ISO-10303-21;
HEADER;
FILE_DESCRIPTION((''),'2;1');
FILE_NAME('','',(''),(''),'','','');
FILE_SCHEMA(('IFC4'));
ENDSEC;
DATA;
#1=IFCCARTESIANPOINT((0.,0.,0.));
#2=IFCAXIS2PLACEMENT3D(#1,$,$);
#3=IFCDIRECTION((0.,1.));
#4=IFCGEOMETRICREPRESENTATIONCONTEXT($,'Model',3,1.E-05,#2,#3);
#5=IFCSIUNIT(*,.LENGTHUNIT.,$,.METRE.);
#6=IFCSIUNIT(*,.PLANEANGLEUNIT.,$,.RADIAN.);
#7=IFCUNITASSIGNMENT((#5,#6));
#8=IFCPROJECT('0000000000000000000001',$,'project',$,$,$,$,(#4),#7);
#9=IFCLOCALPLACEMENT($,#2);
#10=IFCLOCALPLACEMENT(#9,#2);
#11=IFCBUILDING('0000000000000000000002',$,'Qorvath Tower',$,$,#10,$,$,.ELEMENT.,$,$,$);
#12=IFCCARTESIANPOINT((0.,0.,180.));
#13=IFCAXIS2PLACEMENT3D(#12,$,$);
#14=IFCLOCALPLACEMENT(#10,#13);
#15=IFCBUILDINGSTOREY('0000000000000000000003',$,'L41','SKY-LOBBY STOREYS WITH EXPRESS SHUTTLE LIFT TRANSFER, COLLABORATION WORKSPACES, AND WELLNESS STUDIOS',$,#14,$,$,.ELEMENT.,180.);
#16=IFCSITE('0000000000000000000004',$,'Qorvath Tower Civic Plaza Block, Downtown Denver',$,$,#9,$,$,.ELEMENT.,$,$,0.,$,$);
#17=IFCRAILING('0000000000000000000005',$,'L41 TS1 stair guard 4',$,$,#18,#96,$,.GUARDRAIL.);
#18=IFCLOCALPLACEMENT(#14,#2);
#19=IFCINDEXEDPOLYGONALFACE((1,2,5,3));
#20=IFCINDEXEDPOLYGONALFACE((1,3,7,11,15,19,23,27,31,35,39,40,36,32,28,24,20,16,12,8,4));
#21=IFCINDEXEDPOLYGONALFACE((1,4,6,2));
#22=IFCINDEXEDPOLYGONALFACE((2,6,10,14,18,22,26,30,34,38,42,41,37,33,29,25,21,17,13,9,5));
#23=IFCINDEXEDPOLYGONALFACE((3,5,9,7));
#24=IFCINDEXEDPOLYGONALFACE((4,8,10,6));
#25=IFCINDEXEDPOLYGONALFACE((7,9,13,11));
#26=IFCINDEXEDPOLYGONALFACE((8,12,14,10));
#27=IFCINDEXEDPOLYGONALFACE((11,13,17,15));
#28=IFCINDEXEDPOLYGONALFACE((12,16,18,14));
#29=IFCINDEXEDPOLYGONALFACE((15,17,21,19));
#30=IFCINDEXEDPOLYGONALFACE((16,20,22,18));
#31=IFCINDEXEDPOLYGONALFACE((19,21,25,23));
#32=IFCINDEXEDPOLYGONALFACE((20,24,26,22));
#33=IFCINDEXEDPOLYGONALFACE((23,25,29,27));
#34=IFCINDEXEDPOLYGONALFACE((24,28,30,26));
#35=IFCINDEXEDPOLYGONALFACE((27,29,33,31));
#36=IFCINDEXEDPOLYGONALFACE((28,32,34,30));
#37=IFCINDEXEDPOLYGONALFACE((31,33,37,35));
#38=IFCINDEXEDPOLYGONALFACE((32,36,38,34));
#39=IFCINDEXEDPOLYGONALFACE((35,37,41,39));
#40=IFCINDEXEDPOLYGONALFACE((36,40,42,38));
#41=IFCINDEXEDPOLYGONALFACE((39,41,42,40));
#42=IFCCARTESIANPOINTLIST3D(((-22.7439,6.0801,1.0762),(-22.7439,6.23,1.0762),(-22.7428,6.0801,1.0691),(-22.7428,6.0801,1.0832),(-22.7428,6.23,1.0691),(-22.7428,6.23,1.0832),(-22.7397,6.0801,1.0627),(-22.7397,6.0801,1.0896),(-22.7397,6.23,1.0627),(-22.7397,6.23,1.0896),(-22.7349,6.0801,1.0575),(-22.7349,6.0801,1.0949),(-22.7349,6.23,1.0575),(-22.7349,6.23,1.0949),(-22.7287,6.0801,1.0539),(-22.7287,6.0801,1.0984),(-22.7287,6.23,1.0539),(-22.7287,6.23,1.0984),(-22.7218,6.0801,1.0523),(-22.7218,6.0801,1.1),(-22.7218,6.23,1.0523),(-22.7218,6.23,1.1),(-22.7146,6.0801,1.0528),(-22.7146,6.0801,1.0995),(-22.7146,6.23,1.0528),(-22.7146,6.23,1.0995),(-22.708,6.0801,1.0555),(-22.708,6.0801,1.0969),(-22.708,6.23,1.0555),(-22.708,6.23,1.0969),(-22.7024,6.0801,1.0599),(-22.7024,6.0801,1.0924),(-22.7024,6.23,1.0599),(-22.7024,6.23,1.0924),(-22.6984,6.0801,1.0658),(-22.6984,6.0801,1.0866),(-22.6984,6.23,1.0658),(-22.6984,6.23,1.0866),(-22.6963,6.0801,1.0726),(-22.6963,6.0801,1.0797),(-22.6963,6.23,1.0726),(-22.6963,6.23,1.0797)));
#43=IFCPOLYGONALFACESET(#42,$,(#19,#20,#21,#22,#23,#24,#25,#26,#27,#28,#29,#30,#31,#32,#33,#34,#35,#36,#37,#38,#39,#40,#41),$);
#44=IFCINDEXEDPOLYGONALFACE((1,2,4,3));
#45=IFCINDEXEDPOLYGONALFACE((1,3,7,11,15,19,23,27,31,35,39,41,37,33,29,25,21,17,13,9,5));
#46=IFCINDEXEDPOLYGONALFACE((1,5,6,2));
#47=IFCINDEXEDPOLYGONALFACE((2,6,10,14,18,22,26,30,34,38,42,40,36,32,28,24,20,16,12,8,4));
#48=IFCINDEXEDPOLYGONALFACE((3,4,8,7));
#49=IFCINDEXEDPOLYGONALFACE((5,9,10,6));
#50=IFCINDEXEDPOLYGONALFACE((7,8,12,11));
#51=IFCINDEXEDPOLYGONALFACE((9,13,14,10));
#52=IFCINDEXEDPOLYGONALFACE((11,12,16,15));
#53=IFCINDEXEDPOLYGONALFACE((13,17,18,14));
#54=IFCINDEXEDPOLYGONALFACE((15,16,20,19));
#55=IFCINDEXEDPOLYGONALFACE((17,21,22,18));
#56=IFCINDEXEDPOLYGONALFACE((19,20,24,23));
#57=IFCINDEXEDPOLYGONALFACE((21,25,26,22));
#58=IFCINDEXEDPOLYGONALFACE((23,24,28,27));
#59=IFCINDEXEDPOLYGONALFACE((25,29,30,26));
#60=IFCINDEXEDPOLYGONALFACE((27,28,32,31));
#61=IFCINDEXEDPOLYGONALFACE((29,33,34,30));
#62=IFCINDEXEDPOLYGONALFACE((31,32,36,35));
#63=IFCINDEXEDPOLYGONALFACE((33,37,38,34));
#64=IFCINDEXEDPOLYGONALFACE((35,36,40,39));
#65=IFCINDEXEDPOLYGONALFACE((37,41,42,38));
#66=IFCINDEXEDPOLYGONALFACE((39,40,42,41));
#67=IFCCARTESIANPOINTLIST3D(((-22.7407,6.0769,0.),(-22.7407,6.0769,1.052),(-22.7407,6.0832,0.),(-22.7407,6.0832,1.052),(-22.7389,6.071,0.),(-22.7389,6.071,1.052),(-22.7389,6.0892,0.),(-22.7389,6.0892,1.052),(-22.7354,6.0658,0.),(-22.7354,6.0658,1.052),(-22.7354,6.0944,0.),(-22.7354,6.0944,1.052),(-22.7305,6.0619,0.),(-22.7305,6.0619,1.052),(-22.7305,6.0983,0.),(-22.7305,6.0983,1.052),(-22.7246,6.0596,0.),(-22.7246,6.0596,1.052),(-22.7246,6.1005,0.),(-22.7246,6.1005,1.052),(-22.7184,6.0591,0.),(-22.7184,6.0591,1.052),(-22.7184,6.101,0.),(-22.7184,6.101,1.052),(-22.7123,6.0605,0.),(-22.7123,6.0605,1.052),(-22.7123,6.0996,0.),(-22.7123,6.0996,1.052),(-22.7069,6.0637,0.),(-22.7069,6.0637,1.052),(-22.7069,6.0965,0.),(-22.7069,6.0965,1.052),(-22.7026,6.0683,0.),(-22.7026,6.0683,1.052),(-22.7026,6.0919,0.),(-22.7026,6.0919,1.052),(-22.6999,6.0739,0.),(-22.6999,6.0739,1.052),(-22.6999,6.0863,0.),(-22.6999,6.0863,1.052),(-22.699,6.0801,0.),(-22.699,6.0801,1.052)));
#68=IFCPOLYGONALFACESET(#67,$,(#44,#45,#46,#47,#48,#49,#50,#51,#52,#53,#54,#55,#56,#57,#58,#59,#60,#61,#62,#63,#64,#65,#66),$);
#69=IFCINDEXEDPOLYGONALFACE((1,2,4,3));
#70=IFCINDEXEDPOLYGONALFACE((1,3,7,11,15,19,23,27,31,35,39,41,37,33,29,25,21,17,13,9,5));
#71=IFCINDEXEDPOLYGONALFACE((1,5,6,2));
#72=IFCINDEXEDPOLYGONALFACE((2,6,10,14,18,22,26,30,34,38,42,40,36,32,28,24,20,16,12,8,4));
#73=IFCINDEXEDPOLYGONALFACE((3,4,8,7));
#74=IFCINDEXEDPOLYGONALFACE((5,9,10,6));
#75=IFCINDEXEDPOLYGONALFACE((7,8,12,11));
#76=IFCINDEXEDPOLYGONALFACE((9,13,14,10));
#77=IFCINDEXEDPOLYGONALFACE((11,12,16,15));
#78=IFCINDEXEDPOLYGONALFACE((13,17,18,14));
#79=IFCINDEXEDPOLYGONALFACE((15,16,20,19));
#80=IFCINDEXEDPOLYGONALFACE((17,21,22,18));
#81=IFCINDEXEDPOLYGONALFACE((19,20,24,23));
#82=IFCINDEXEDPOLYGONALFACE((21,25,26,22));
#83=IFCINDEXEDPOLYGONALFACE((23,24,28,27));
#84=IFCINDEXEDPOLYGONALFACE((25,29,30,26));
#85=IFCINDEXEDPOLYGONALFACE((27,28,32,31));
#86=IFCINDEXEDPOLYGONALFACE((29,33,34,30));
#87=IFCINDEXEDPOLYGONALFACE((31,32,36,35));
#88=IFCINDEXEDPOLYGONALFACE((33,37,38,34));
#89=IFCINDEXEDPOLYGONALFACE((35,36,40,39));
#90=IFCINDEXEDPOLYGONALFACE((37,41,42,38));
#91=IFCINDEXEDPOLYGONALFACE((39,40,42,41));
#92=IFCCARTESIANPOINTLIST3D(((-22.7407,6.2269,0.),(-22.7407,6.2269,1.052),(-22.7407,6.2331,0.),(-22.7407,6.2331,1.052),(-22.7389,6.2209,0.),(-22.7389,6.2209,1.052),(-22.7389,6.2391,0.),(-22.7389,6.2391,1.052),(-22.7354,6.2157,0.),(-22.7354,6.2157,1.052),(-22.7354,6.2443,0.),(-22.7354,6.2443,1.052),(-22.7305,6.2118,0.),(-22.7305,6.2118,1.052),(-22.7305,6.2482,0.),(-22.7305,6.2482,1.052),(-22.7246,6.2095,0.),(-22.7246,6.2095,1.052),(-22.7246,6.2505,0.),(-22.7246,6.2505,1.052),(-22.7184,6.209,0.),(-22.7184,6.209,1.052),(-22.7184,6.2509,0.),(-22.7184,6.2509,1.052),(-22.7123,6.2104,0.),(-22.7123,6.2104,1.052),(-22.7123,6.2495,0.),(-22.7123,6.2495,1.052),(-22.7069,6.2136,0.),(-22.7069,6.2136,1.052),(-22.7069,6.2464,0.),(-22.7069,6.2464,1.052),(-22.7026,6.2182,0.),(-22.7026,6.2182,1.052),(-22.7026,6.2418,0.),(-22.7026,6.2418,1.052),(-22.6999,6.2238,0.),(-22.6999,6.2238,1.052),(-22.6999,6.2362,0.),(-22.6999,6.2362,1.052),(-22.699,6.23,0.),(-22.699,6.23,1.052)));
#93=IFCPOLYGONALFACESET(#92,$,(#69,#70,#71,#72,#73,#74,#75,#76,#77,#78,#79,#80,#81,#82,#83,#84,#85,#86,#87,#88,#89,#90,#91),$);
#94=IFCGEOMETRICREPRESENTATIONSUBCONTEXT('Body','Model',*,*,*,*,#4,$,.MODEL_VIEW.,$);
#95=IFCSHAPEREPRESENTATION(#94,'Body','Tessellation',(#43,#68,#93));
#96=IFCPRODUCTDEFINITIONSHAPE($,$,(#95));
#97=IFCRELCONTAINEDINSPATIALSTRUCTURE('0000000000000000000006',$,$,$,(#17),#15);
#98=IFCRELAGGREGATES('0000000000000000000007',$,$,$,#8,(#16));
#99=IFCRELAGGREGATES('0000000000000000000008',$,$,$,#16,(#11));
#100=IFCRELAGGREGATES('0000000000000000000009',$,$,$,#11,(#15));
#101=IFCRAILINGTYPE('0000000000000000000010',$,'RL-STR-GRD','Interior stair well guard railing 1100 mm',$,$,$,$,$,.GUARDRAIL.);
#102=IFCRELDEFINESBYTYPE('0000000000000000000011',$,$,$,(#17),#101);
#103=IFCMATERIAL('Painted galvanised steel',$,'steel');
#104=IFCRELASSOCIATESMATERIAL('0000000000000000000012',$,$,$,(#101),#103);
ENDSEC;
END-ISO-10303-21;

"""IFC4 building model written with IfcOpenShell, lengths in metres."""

from ifc_helpers import new_model, si_unit, direction, frame, origin, origin_2d, place, context, subcontext, project, spatial, circle, extrude, material, type_object, element, save


model = new_model("IFC4")

# Units and contexts
model_context = context("Model", 3, precision=1e-05, world=origin(), true_north=direction((0.0, 1.0)))
body_context = subcontext(model_context, "Body", "Model", "MODEL_VIEW")
ifc_project = project(units=[si_unit("LENGTHUNIT", "METRE"), si_unit("PLANEANGLEUNIT", "RADIAN")], contexts=[model_context])

# Site, building, storey
site_placement = place(None, origin())
site = spatial("IfcSite", under=ifc_project, at=site_placement, Name="Qorvath Tower Civic Plaza Block, Downtown Denver", CompositionType="ELEMENT", RefElevation=0.0)
building_placement = place(site_placement, origin())
building = spatial("IfcBuilding", under=site, at=building_placement, Name="Qorvath Tower", CompositionType="ELEMENT")
storey_placement = place(building_placement, frame((0.0, 0.0, 180.0)))
storey = spatial("IfcBuildingStorey", under=building, at=storey_placement, Name="L41", Description="SKY-LOBBY STOREYS WITH EXPRESS SHUTTLE LIFT TRANSFER, COLLABORATION WORKSPACES, AND WELLNESS STUDIOS", CompositionType="ELEMENT", Elevation=180.0)

# Railing
ifc_material_1 = material(Name="Painted galvanised steel", Category="steel")
railing_type_1 = type_object("IfcRailingType", Name="RL-STR-GRD", Description="Interior stair well guard railing 1100 mm", PredefinedType="GUARDRAIL", material=ifc_material_1)
railing_1_placement = place(storey_placement, frame((-22.72, 6.0801, 0.0)))
element("IfcRailing", 1, at=railing_1_placement, inside=storey, type_object=railing_type_1, Name="L41 TS1 stair guard 4", PredefinedType="GUARDRAIL", context=body_context, shape_type="SweptSolid", body=[
    extrude(circle(Radius=0.0239, at=origin_2d()), frame((0.0, 0.0, 1.0762), z_axis=(0.0, 1.0, 0.0), x_axis=(-1.0, 0.0, 0.0)), (0.0, 0.0, 1.0), 0.1499),
    extrude(circle(Radius=0.021, at=origin_2d()), origin(), (0.0, 0.0, 1.0), 1.052),
    extrude(circle(Radius=0.021, at=origin_2d()), frame((0.0, 0.1499, 0.0)), (0.0, 0.0, 1.0), 1.052),
])

save(model, "model.ifc")
